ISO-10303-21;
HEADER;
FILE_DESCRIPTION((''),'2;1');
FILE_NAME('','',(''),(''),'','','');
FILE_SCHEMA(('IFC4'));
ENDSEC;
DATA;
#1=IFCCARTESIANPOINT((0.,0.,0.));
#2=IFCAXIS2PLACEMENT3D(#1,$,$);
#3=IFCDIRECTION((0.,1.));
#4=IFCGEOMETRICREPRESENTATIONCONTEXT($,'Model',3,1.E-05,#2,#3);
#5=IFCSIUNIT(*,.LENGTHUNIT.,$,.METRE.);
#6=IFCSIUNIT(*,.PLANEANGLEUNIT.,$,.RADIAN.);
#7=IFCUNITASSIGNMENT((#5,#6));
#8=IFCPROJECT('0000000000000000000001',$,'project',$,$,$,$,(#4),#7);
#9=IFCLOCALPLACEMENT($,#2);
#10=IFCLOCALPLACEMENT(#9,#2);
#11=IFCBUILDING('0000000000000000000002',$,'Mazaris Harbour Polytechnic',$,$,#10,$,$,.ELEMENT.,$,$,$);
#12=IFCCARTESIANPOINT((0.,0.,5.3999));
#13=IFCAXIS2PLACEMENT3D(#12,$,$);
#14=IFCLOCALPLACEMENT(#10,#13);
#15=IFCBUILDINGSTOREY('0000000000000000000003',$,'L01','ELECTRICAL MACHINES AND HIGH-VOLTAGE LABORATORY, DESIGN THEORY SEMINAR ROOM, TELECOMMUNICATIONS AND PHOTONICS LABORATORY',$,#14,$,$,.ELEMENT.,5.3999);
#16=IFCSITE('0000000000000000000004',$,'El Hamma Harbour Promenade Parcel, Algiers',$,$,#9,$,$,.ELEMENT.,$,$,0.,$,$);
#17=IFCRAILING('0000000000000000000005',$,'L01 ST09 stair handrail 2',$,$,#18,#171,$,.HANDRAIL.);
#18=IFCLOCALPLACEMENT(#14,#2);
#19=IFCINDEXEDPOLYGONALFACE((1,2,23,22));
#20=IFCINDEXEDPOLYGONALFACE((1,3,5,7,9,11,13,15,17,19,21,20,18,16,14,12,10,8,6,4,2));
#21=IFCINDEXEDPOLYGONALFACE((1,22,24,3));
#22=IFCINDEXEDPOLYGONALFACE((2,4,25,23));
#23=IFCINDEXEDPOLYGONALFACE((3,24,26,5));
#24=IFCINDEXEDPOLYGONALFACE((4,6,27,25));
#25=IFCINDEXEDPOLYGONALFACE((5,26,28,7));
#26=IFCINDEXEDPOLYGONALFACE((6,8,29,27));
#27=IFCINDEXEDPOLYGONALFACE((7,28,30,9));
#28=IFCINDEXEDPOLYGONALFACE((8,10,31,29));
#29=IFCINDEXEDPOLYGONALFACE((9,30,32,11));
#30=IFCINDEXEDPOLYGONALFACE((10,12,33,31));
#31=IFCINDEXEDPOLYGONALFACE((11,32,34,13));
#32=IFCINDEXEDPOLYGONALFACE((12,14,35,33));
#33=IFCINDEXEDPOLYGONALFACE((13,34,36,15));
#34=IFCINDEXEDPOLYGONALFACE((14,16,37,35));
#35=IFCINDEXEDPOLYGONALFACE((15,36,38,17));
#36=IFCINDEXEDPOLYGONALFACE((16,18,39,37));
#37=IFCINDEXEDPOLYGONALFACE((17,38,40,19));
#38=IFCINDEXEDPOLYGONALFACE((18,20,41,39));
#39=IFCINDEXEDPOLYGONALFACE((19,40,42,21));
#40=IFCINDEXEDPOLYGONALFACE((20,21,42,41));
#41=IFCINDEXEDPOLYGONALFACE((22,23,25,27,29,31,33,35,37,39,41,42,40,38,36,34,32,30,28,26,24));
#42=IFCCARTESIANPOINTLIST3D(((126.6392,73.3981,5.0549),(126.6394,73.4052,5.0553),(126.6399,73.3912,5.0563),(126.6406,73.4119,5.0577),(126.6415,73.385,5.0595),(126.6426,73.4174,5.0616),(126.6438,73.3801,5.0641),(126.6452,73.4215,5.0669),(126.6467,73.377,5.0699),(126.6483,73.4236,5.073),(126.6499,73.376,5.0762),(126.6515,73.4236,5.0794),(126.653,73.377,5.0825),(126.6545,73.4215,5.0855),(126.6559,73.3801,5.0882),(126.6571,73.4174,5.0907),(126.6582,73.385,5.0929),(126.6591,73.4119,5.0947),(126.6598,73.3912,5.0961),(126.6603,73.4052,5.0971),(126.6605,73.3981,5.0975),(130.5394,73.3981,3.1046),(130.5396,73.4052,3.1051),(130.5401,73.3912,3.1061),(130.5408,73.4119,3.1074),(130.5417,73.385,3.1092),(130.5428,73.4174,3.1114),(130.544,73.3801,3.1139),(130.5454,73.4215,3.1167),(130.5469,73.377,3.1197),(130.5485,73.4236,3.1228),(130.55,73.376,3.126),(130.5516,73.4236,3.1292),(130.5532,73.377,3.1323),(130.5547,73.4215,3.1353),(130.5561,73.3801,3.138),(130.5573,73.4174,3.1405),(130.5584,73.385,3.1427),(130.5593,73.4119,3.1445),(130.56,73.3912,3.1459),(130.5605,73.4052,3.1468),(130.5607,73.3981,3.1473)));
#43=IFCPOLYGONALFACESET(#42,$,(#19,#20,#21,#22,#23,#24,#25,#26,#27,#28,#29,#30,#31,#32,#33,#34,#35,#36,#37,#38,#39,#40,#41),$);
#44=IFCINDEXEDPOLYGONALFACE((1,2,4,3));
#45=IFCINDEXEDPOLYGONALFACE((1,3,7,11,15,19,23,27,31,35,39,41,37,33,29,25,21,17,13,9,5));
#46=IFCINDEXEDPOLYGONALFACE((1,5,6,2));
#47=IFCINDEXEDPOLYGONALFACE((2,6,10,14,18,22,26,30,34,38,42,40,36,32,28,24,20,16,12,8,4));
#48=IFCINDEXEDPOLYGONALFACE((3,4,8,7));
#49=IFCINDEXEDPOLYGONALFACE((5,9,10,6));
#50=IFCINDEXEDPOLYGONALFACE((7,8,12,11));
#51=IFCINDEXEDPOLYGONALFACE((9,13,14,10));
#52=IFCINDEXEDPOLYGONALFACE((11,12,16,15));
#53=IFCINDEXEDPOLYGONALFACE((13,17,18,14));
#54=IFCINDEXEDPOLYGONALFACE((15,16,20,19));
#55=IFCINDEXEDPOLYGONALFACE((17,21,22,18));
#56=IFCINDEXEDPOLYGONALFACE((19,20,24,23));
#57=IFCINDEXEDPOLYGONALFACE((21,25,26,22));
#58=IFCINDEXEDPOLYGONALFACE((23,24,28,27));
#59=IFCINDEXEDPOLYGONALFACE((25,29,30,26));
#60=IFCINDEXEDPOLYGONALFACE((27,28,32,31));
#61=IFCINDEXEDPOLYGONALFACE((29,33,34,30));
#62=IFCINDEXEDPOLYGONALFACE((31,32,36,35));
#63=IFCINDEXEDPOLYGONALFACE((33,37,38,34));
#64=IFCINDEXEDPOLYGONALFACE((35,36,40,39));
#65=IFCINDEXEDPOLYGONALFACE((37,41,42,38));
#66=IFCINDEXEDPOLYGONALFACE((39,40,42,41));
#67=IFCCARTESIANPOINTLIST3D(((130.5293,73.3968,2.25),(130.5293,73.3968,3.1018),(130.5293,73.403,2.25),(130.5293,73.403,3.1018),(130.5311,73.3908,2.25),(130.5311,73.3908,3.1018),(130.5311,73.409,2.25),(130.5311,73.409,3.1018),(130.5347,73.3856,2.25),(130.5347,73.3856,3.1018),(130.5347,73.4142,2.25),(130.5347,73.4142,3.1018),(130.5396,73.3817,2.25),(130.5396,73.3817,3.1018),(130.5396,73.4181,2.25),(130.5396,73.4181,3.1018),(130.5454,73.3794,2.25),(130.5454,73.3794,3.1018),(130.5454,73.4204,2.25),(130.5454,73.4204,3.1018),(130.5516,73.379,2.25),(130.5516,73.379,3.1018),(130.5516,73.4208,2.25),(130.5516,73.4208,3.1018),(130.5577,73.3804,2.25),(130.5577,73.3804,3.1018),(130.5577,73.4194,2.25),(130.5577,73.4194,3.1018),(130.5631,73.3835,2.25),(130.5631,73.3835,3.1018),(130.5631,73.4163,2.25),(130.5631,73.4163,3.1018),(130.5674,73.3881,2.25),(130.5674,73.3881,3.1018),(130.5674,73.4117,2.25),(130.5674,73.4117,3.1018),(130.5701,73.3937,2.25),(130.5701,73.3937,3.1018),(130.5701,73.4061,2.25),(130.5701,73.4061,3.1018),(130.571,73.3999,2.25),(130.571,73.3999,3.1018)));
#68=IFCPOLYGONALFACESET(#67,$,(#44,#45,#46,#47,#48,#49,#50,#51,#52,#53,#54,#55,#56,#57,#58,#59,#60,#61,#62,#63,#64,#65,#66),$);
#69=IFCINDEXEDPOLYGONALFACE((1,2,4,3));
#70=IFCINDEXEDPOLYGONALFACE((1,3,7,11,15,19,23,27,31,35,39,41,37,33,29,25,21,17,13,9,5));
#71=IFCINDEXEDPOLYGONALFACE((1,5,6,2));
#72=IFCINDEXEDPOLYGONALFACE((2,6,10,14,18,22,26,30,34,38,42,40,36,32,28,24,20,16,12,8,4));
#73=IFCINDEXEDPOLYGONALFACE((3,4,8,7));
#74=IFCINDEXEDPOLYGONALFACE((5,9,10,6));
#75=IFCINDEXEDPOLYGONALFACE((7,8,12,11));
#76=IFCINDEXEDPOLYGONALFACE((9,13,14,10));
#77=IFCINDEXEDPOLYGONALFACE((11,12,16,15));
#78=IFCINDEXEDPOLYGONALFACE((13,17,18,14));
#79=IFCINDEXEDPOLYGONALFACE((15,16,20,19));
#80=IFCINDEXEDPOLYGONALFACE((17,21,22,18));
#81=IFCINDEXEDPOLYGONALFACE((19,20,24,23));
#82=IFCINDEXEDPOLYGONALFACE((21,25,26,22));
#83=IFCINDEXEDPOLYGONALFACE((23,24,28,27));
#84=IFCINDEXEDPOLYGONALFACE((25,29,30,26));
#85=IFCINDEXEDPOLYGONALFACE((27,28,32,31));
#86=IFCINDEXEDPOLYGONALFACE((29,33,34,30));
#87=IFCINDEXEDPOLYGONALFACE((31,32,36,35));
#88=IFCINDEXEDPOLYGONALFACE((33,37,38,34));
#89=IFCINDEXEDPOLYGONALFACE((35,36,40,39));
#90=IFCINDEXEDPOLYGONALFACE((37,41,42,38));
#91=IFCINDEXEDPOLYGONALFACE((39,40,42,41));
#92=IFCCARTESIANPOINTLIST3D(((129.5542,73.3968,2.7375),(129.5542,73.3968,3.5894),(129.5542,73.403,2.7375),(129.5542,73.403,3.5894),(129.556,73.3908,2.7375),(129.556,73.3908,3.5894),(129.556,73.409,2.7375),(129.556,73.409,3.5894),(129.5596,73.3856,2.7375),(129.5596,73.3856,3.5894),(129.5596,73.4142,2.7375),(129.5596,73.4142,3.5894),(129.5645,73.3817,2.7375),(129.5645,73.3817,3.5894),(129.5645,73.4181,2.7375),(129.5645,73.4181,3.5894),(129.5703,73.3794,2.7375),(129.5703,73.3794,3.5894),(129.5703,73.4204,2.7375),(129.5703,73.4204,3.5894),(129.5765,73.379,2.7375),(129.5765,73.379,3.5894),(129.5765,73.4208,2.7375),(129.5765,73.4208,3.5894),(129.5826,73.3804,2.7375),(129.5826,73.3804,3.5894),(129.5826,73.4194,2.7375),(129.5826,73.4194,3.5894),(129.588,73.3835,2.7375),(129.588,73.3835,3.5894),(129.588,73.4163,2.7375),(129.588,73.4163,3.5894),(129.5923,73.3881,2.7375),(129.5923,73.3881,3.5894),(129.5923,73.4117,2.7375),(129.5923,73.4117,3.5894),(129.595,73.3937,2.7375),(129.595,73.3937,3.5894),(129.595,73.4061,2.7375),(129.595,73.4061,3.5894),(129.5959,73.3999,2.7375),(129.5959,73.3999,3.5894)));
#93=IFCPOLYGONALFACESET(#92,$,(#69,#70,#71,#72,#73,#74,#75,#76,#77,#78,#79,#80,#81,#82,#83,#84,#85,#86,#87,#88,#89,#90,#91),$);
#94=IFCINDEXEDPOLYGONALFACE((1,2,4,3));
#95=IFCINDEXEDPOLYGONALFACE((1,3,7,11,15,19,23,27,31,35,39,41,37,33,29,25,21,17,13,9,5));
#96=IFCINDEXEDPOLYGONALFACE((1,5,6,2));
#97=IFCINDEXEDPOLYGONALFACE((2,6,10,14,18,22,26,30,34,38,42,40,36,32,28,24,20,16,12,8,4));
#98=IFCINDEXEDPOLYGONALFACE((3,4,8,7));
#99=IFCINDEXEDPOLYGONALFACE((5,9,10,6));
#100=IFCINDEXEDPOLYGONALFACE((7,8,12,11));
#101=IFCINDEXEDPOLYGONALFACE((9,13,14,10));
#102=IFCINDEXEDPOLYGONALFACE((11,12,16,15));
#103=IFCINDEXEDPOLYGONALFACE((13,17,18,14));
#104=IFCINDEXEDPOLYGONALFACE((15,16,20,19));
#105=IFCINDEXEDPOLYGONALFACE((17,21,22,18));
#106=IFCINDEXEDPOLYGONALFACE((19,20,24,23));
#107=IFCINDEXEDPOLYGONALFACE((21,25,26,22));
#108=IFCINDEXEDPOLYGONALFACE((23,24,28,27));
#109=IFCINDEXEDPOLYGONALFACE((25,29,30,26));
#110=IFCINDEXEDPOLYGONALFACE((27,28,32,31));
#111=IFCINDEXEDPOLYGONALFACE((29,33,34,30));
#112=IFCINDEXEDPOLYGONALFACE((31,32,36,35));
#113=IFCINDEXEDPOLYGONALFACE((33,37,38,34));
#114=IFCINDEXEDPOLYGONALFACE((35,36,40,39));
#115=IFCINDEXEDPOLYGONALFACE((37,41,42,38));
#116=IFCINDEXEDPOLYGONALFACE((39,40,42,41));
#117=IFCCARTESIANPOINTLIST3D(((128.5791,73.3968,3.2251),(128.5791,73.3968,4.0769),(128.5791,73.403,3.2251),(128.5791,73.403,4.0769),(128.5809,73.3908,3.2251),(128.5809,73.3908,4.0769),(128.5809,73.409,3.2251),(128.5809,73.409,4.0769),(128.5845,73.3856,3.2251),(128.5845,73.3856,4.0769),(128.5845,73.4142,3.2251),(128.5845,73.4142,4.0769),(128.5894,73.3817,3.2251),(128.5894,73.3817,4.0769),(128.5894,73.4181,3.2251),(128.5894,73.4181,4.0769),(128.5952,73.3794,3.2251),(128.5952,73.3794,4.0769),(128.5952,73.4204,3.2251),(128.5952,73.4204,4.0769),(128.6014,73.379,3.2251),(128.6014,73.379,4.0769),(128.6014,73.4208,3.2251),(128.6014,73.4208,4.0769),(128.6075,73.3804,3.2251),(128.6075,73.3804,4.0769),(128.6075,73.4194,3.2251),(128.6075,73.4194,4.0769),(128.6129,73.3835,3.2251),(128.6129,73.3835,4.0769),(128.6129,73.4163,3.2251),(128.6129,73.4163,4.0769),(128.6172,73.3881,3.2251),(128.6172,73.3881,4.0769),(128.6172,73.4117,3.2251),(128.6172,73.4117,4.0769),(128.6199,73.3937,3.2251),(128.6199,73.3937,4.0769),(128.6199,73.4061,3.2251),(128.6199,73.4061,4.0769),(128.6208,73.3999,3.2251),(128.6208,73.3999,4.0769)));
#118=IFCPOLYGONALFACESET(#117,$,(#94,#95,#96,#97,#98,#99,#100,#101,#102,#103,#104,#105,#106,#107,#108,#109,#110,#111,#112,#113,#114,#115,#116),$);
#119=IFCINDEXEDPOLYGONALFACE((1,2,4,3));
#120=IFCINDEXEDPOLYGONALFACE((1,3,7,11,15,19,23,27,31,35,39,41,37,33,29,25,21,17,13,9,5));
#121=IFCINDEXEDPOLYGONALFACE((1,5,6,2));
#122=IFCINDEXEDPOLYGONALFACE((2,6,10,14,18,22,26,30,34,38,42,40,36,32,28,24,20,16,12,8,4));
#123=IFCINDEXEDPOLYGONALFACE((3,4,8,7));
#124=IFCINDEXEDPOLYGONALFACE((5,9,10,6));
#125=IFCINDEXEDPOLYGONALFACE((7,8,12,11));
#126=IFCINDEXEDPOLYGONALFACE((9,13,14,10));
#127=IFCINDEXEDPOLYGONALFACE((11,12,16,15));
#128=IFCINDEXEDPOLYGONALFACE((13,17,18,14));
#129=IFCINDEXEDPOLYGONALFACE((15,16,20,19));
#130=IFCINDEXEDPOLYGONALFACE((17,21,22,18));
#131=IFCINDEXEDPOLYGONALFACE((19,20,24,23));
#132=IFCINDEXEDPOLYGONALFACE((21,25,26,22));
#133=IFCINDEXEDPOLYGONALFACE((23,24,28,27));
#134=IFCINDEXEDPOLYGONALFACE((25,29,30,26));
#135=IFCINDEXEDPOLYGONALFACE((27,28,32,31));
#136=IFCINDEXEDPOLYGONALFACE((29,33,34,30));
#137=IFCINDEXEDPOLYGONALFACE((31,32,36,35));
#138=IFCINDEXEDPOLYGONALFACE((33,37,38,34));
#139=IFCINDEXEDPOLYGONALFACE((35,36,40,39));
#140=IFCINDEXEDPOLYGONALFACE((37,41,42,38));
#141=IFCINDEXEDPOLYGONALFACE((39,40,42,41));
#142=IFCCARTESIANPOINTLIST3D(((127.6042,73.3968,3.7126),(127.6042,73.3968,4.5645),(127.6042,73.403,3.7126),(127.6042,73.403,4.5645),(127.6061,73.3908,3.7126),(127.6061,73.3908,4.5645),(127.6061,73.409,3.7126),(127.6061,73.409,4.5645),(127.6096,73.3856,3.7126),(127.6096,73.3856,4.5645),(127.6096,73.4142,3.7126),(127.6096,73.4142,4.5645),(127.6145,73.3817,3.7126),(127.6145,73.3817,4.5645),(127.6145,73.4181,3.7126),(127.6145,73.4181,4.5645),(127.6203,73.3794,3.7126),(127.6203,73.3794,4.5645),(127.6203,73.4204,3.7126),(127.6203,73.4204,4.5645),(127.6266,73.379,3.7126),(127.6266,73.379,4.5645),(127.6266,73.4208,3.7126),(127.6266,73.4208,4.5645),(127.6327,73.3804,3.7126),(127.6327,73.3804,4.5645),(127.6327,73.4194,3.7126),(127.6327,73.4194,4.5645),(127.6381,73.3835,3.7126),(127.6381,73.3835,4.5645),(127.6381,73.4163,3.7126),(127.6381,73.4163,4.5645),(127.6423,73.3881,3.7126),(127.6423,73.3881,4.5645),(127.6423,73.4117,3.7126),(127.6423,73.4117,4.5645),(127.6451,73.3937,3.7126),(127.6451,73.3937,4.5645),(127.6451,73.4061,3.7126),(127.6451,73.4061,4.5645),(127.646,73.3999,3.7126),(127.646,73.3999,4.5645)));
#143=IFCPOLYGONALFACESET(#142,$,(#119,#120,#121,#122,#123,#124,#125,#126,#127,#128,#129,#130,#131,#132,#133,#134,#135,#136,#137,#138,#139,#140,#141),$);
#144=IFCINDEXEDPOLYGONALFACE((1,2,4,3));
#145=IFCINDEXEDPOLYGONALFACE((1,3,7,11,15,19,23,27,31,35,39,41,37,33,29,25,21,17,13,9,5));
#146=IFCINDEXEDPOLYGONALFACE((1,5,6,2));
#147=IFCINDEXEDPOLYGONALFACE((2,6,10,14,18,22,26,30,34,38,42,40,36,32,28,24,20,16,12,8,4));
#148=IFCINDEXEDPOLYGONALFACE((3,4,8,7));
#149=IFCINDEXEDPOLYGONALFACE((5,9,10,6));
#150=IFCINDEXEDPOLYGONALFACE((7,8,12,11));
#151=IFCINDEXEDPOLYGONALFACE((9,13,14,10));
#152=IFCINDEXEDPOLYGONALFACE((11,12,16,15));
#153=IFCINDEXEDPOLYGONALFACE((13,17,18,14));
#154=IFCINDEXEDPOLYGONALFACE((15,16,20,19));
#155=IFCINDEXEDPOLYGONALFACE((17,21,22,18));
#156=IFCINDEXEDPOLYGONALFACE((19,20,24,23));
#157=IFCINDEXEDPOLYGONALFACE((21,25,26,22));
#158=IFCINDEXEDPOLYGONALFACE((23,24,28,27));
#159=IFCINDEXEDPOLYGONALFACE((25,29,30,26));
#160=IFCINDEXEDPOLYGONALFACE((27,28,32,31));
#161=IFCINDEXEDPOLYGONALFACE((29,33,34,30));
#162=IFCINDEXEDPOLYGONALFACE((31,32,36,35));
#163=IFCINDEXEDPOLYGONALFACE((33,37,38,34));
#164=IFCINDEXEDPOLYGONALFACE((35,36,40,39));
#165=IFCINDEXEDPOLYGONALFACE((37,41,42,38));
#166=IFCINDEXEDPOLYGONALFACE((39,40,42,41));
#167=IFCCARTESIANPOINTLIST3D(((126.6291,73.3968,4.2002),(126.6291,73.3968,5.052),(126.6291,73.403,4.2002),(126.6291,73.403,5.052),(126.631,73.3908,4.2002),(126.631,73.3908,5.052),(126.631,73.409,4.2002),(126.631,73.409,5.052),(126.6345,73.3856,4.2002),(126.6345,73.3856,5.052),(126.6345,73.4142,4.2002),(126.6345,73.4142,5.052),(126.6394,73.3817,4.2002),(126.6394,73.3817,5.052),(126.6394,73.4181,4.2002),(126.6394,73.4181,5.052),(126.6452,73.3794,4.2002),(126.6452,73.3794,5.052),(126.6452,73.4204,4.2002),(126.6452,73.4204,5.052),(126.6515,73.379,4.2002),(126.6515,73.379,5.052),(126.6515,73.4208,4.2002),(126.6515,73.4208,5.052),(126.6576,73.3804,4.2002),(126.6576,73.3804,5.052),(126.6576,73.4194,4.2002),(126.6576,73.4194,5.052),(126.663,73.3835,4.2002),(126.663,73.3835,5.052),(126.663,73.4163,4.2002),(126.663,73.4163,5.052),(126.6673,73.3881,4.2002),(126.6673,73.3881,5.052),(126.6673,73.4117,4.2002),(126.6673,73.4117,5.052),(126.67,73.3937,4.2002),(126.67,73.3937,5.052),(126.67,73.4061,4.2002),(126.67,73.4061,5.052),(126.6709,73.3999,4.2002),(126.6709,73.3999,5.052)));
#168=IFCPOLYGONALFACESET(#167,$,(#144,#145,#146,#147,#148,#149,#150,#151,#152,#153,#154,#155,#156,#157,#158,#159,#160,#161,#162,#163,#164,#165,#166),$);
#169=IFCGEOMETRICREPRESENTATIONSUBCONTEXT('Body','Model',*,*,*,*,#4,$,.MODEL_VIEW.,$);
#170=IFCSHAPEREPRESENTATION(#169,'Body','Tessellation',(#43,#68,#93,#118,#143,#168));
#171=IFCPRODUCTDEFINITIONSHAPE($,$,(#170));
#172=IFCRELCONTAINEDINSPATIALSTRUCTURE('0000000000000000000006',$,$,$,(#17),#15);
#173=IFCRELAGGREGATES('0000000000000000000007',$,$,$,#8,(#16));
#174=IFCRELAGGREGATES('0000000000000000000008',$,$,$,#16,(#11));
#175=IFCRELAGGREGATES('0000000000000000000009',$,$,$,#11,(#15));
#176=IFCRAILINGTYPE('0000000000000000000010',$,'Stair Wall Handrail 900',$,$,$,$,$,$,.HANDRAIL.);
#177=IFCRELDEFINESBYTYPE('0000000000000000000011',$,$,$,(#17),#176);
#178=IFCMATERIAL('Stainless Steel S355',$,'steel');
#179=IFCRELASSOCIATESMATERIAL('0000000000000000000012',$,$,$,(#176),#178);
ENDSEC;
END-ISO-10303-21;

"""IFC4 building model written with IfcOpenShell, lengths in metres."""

from ifc_helpers import new_model, si_unit, direction, frame, origin, origin_2d, place, context, subcontext, project, spatial, circle, extrude, material, type_object, element, save


model = new_model("IFC4")

# Units and contexts
model_context = context("Model", 3, precision=1e-05, world=origin(), true_north=direction((0.0, 1.0)))
body_context = subcontext(model_context, "Body", "Model", "MODEL_VIEW")
ifc_project = project(units=[si_unit("LENGTHUNIT", "METRE"), si_unit("PLANEANGLEUNIT", "RADIAN")], contexts=[model_context])

# Site, building, storey
site_placement = place(None, origin())
site = spatial("IfcSite", under=ifc_project, at=site_placement, Name="El Hamma Harbour Promenade Parcel, Algiers", CompositionType="ELEMENT", RefElevation=0.0)
building_placement = place(site_placement, origin())
building = spatial("IfcBuilding", under=site, at=building_placement, Name="Mazaris Harbour Polytechnic", CompositionType="ELEMENT")
storey_placement = place(building_placement, frame((0.0, 0.0, 5.3999)))
storey = spatial("IfcBuildingStorey", under=building, at=storey_placement, Name="L01", Description="ELECTRICAL MACHINES AND HIGH-VOLTAGE LABORATORY, DESIGN THEORY SEMINAR ROOM, TELECOMMUNICATIONS AND PHOTONICS LABORATORY", CompositionType="ELEMENT", Elevation=5.3999)

# Railing
ifc_material_1 = material(Name="Stainless Steel S355", Category="steel")
railing_type_1 = type_object("IfcRailingType", Name="Stair Wall Handrail 900", PredefinedType="HANDRAIL", material=ifc_material_1)
railing_1_placement = place(storey_placement, frame((130.55, 73.3999, 2.25)))
element("IfcRailing", 1, at=railing_1_placement, inside=storey, type_object=railing_type_1, Name="L01 ST09 stair handrail 2", PredefinedType="HANDRAIL", context=body_context, shape_type="SweptSolid", body=[
    extrude(circle(Radius=0.0239, at=origin_2d()), frame((0.0, 0.0, 0.876), z_axis=(-0.894416, 0.0, 0.447236), x_axis=(0.0, -1.0, 0.0)), (0.0, 0.0, 1.0), 4.3606),
    extrude(circle(Radius=0.021, at=origin_2d()), origin(), (0.0, 0.0, 1.0), 0.8518),
    extrude(circle(Radius=0.021, at=origin_2d()), frame((-0.9751, 0.0, 0.4875)), (0.0, 0.0, 1.0), 0.8518),
    extrude(circle(Radius=0.021, at=origin_2d()), frame((-1.9502, 0.0, 0.9751)), (0.0, 0.0, 1.0), 0.8518),
    extrude(circle(Radius=0.021, at=origin_2d()), frame((-2.925, 0.0, 1.4626)), (0.0, 0.0, 1.0), 0.8518),
    extrude(circle(Radius=0.021, at=origin_2d()), frame((-3.9001, 0.0, 1.9502)), (0.0, 0.0, 1.0), 0.8518),
])

save(model, "model.ifc")
